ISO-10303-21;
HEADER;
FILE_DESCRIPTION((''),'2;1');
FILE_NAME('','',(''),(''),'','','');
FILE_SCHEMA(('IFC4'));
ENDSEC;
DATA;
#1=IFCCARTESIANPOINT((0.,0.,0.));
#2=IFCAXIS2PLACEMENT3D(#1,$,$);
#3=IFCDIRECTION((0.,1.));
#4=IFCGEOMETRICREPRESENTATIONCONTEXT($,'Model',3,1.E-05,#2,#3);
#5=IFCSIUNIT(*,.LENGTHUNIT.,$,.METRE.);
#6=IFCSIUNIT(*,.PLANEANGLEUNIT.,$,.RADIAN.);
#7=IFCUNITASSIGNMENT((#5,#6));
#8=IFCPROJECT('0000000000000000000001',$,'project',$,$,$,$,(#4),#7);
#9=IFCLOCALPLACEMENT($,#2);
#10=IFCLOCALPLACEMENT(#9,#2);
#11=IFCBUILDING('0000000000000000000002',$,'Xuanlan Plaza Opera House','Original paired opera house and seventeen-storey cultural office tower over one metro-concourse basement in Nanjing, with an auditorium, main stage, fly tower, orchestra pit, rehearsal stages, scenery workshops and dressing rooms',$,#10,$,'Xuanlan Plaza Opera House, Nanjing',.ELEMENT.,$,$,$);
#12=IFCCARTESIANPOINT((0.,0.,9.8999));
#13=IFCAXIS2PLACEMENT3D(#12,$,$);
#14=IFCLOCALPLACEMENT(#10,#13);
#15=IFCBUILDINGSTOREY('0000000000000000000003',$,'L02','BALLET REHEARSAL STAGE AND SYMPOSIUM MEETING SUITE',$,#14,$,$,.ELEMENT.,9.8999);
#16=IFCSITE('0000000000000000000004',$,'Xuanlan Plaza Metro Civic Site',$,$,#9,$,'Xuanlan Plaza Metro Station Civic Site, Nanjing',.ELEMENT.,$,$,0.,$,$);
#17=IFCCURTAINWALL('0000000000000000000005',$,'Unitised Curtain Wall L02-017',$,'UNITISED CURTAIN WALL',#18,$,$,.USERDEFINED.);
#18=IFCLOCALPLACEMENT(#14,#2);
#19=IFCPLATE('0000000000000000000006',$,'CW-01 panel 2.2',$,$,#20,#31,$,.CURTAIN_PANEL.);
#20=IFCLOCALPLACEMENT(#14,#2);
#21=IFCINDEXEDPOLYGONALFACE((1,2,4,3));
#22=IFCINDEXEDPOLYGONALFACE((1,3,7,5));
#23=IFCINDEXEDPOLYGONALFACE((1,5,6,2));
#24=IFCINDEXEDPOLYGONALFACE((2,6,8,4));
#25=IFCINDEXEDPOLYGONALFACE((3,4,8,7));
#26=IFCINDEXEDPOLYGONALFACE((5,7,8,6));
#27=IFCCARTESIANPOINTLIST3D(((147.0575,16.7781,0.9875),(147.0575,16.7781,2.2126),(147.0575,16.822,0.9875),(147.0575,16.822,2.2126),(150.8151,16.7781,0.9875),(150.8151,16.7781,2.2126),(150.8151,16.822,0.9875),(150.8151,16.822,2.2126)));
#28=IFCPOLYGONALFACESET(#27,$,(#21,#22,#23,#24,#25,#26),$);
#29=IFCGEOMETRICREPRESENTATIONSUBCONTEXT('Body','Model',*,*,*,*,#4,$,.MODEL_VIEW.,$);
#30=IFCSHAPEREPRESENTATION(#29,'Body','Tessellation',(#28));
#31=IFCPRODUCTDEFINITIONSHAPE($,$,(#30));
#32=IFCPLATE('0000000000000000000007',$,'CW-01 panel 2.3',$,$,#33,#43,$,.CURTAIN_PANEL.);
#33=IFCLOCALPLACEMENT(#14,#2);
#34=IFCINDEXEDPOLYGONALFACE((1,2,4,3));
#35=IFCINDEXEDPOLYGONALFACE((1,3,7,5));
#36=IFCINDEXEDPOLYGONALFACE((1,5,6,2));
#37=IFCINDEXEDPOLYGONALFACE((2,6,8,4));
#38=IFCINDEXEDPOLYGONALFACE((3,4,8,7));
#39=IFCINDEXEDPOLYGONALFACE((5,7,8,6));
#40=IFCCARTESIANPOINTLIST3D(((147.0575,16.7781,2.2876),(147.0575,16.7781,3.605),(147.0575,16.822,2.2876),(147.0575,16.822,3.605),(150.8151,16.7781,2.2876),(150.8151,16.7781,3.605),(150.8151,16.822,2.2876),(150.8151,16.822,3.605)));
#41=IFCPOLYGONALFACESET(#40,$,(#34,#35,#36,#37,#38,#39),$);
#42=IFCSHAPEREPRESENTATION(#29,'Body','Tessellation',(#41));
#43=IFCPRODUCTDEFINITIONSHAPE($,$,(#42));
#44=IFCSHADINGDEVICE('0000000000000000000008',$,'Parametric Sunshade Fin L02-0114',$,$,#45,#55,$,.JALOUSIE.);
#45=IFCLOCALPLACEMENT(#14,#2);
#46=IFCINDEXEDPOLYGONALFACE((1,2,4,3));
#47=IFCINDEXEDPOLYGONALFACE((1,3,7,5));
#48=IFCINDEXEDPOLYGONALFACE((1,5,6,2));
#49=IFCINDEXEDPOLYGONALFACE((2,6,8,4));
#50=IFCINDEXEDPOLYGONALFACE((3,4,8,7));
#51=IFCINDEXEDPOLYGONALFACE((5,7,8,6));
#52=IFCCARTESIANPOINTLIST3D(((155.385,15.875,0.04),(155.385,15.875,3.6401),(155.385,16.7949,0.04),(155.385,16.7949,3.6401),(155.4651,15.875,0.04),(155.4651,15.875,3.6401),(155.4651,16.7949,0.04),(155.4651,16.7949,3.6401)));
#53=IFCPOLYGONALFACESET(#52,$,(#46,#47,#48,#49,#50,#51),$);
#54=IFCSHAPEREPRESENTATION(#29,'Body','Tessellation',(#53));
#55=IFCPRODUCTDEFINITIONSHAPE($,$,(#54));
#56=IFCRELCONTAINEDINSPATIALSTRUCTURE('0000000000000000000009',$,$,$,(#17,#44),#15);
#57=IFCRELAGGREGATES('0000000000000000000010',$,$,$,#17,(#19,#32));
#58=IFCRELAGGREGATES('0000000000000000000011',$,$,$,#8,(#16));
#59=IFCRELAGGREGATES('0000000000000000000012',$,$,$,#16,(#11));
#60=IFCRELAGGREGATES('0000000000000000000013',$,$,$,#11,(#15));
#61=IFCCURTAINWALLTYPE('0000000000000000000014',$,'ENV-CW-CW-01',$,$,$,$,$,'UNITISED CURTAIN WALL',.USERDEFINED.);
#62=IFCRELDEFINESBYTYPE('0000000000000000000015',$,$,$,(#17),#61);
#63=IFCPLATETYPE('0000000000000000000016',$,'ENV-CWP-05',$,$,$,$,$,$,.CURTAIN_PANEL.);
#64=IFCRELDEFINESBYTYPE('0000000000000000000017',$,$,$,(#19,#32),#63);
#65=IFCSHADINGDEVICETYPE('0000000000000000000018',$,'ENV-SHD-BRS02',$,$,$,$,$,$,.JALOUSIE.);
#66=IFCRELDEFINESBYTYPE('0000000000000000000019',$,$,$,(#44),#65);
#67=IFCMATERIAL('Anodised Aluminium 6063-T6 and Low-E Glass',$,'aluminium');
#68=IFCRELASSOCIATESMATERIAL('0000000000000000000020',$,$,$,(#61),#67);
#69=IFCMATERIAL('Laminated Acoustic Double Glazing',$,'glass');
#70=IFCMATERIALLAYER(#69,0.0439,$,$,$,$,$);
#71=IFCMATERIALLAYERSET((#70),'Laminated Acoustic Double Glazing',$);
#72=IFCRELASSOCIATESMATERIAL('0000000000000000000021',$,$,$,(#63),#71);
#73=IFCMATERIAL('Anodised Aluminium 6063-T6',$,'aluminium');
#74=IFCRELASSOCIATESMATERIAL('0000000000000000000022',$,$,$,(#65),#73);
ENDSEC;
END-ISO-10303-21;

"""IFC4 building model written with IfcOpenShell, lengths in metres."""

from ifc_helpers import new_model, si_unit, direction, frame, origin, origin_2d, place, context, subcontext, project, spatial, rectangle, extrude, material, layer, layer_set, type_object, element, aggregate, save


model = new_model("IFC4")

# Units and contexts
model_context = context("Model", 3, precision=1e-05, world=origin(), true_north=direction((0.0, 1.0)))
body_context = subcontext(model_context, "Body", "Model", "MODEL_VIEW")
ifc_project = project(units=[si_unit("LENGTHUNIT", "METRE"), si_unit("PLANEANGLEUNIT", "RADIAN")], contexts=[model_context])

# Site, building, storey
site_placement = place(None, origin())
site = spatial("IfcSite", under=ifc_project, at=site_placement, Name="Xuanlan Plaza Metro Civic Site", LongName="Xuanlan Plaza Metro Station Civic Site, Nanjing", CompositionType="ELEMENT", RefElevation=0.0)
building_placement = place(site_placement, origin())
building = spatial("IfcBuilding", under=site, at=building_placement, Name="Xuanlan Plaza Opera House", Description="Original paired opera house and seventeen-storey cultural office tower over one metro-concourse basement in Nanjing, with an auditorium, main stage, fly tower, orchestra pit, rehearsal stages, scenery workshops and dressing rooms", LongName="Xuanlan Plaza Opera House, Nanjing", CompositionType="ELEMENT")
storey_placement = place(building_placement, frame((0.0, 0.0, 9.8999)))
storey = spatial("IfcBuildingStorey", under=building, at=storey_placement, Name="L02", Description="BALLET REHEARSAL STAGE AND SYMPOSIUM MEETING SUITE", CompositionType="ELEMENT", Elevation=9.8999)

# Curtain wall
ifc_material_1 = material(Name="Anodised Aluminium 6063-T6 and Low-E Glass", Category="aluminium")
curtain_wall_type_1 = type_object("IfcCurtainWallType", Name="ENV-CW-CW-01", ElementType="UNITISED CURTAIN WALL", PredefinedType="USERDEFINED", material=ifc_material_1)
curtain_wall_1_placement = place(storey_placement, origin())
curtain_wall_1 = element("IfcCurtainWall", 1, at=curtain_wall_1_placement, inside=storey, type_object=curtain_wall_type_1, Name="Unitised Curtain Wall L02-017", ObjectType="UNITISED CURTAIN WALL", PredefinedType="USERDEFINED")
ifc_material_2 = material(Name="Anodised Aluminium 6063-T6", Category="aluminium")

# Plates
ifc_material_3 = material(Name="Laminated Acoustic Double Glazing", Category="glass")
ifc_layer_1 = layer(ifc_material_3, 0.0439)
ifc_layer_set_1 = layer_set([ifc_layer_1], Name="Laminated Acoustic Double Glazing")
plate_type_1 = type_object("IfcPlateType", Name="ENV-CWP-05", PredefinedType="CURTAIN_PANEL", material=ifc_layer_set_1)
plate_1_placement = place(storey_placement, frame((148.9363, 16.8, 0.9875), z_axis=(0.0, 0.0, 1.0), x_axis=(1.0, 0.0, 0.0)))
plate_1 = element("IfcPlate", 2, at=plate_1_placement, type_object=plate_type_1, Name="CW-01 panel 2.2", PredefinedType="CURTAIN_PANEL", context=body_context, shape_type="SweptSolid", body=[
    extrude(rectangle(XDim=3.7576, YDim=0.0439, at=origin_2d()), origin(), (0.0, 0.0, 1.0), 1.2251),
])
plate_2_placement = place(storey_placement, frame((148.9363, 16.8, 2.2876), z_axis=(0.0, 0.0, 1.0), x_axis=(1.0, 0.0, 0.0)))
plate_2 = element("IfcPlate", 3, at=plate_2_placement, type_object=plate_type_1, Name="CW-01 panel 2.3", PredefinedType="CURTAIN_PANEL", context=body_context, shape_type="SweptSolid", body=[
    extrude(rectangle(XDim=3.7576, YDim=0.0439, at=origin_2d()), origin(), (0.0, 0.0, 1.0), 1.3174),
])
aggregate(curtain_wall_1, [plate_1, plate_2])

# Shading device
shading_device_type = type_object("IfcShadingDeviceType", Name="ENV-SHD-BRS02", PredefinedType="JALOUSIE", material=ifc_material_2)
shading_device_placement = place(storey_placement, frame((155.425, 16.335, 0.04), z_axis=(0.0, 0.0, 1.0), x_axis=(0.0, -1.0, 0.0)))
element("IfcShadingDevice", 4, at=shading_device_placement, inside=storey, type_object=shading_device_type, Name="Parametric Sunshade Fin L02-0114", PredefinedType="JALOUSIE", context=body_context, shape_type="SweptSolid", body=[
    extrude(rectangle(XDim=0.9199, YDim=0.0801, at=origin_2d()), origin(), (0.0, 0.0, 1.0), 3.6001),
])

save(model, "model.ifc")
